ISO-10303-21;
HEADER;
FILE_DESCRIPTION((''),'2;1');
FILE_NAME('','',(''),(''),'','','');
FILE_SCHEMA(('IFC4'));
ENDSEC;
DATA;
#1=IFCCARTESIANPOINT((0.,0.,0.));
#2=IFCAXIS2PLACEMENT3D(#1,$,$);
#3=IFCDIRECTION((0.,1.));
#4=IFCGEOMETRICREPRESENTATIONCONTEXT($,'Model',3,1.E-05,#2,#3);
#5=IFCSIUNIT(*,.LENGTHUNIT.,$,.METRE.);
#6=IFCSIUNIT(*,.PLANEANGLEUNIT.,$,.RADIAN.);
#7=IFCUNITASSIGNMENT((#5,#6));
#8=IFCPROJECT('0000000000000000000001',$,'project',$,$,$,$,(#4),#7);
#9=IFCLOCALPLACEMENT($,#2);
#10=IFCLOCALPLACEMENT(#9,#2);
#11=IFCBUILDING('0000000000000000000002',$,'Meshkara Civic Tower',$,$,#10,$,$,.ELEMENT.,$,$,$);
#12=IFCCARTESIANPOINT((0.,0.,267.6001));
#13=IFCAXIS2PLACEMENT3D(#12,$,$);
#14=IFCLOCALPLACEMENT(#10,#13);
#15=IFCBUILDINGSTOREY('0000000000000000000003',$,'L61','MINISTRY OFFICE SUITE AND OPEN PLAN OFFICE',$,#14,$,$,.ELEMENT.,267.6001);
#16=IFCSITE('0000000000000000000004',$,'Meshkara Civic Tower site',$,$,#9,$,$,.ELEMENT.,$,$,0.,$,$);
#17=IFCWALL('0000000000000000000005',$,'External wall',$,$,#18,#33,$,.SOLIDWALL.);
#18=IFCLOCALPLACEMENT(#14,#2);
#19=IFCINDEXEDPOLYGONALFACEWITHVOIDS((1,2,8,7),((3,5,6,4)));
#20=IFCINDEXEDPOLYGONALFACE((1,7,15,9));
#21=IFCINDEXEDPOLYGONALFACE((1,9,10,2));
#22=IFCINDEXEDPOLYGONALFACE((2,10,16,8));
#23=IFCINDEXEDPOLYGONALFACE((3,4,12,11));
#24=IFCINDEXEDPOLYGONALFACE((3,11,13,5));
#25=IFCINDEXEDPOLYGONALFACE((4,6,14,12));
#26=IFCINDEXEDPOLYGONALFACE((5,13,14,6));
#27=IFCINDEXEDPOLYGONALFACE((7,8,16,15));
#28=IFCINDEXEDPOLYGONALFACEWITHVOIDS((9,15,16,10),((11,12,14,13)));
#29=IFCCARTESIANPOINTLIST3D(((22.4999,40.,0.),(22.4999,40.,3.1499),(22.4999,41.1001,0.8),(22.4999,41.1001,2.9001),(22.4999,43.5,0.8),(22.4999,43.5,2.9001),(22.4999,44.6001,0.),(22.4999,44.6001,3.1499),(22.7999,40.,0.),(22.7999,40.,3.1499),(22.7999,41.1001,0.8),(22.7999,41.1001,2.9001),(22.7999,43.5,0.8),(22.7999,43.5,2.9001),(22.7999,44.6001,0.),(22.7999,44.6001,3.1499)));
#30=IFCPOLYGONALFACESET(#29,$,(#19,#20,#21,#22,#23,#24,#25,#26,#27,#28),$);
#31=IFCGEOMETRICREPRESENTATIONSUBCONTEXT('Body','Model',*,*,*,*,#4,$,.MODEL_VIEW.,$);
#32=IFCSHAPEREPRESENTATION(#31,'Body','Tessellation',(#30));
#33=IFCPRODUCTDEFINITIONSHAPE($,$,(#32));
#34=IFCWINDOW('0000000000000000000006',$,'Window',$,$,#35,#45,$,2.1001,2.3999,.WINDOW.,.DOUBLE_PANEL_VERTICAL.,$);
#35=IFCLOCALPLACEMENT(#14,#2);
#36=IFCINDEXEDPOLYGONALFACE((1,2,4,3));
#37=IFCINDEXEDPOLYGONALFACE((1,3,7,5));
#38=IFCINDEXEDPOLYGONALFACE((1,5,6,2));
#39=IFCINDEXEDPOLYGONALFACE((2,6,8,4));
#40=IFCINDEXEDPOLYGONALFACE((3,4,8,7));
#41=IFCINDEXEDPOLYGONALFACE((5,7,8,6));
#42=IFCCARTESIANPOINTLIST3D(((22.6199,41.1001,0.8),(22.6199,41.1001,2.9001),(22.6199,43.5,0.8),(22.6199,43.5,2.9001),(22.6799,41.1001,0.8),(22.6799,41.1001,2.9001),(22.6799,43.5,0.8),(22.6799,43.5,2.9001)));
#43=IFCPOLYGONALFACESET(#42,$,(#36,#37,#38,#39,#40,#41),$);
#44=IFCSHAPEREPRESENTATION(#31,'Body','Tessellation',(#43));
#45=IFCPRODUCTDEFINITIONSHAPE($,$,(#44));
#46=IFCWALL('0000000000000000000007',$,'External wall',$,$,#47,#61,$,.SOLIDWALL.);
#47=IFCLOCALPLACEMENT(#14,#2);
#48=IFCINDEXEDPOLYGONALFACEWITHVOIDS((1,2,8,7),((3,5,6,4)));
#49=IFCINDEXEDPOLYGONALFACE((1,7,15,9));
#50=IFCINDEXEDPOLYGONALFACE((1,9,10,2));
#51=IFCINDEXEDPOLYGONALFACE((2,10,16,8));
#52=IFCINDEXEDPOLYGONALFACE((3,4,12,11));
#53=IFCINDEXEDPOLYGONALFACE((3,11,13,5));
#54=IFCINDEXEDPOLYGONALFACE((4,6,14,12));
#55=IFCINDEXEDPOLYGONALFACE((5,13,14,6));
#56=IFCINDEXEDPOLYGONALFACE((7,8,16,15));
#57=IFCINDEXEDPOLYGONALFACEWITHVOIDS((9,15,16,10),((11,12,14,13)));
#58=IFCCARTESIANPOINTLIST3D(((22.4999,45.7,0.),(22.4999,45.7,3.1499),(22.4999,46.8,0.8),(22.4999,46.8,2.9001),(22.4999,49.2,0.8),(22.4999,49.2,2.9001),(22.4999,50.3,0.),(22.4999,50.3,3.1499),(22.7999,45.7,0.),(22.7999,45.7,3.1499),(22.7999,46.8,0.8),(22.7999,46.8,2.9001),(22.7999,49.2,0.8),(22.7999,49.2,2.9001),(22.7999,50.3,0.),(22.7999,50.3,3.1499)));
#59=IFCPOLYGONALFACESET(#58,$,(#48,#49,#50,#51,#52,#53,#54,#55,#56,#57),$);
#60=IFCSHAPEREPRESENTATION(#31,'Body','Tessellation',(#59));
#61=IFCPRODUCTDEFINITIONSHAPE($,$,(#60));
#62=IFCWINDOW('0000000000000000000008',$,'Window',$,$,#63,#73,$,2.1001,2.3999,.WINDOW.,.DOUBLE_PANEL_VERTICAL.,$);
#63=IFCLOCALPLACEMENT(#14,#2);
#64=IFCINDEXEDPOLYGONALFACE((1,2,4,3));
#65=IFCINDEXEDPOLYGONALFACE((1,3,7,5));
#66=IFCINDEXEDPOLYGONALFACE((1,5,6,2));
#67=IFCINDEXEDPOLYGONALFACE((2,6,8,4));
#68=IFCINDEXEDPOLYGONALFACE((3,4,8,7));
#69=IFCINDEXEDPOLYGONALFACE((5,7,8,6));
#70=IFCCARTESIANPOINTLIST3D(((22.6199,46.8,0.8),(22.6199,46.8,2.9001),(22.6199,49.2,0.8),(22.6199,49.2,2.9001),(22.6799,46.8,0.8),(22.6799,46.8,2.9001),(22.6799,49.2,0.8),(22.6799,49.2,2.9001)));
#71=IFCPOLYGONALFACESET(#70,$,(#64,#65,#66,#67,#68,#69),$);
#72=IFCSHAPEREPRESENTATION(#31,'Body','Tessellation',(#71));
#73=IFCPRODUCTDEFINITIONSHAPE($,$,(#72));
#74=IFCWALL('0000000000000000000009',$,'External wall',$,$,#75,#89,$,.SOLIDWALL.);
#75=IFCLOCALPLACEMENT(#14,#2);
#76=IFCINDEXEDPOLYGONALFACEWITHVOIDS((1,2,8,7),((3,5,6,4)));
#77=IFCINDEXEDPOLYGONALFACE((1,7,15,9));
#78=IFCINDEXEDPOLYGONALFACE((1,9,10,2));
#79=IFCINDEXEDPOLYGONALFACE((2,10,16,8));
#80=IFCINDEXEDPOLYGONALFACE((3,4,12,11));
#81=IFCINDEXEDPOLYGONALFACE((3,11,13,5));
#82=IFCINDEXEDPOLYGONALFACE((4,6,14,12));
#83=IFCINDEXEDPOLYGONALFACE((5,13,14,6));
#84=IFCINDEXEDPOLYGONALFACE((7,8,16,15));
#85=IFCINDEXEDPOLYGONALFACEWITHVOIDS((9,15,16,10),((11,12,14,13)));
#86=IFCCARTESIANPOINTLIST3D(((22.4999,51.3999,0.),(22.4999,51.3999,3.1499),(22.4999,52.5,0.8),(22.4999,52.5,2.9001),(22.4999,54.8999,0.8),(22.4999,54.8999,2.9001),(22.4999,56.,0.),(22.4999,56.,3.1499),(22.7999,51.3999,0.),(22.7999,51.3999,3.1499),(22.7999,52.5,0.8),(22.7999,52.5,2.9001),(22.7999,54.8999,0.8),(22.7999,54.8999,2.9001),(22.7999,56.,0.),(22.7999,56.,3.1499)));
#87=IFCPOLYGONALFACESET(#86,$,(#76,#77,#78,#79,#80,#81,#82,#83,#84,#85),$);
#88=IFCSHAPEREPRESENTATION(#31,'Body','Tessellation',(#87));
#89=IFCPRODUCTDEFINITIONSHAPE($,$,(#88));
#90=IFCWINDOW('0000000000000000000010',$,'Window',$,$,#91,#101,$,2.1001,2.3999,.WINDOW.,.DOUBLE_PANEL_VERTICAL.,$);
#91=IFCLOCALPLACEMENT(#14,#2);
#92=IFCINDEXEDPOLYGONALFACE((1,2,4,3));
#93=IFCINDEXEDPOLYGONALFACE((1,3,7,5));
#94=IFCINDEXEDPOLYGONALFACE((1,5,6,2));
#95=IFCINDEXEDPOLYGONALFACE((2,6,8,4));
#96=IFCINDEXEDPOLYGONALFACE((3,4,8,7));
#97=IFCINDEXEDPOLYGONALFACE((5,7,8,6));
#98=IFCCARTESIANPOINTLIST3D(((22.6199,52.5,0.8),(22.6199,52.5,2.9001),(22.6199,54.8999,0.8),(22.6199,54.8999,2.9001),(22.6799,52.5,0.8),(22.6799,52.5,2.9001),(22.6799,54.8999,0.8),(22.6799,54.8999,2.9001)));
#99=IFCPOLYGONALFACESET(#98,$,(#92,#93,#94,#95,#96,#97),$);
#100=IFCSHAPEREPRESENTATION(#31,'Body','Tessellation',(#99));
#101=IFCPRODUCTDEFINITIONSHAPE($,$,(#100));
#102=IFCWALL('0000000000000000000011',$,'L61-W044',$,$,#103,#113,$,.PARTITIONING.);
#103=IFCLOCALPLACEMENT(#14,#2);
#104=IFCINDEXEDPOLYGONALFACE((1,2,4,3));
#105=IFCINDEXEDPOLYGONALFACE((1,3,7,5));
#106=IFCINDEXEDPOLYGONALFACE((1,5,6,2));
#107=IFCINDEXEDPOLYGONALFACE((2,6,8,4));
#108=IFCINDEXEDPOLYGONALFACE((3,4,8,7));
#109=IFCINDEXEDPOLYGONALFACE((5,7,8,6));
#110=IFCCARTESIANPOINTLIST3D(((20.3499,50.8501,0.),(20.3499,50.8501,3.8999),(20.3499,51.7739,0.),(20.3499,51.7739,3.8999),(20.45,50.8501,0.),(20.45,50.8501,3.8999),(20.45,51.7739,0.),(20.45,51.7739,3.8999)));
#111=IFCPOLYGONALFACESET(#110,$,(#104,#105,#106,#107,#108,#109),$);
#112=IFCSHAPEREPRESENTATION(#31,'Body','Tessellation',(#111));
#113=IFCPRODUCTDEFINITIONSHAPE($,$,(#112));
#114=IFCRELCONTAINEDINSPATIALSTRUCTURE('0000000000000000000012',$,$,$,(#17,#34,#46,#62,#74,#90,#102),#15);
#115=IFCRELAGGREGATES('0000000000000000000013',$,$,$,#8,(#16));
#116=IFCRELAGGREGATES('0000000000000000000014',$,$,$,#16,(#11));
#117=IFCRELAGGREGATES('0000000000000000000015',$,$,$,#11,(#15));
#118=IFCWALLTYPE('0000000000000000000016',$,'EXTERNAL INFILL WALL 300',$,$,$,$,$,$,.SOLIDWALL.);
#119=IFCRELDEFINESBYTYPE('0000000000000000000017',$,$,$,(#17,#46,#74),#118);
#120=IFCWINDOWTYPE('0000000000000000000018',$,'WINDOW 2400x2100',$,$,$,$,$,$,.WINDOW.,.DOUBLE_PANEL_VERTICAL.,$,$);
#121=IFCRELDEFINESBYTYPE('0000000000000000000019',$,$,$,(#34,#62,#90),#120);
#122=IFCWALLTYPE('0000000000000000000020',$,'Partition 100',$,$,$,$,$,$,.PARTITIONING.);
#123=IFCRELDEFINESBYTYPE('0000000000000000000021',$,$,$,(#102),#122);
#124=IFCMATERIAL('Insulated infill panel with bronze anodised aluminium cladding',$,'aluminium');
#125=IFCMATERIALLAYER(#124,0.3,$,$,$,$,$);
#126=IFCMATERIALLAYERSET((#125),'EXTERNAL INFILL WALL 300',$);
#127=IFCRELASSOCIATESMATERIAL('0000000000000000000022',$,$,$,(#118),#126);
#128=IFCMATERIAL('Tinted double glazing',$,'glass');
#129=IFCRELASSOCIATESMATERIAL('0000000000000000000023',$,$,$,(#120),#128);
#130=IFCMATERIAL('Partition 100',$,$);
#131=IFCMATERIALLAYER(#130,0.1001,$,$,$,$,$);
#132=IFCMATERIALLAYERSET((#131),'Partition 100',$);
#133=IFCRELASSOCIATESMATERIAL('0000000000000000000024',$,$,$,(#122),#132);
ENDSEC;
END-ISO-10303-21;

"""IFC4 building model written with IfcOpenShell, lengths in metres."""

from ifc_helpers import new_model, si_unit, direction, frame, frame_2d, origin, place, context, subcontext, project, spatial, rectangle, extrude, material, layer, layer_set, type_object, element, fill, save


model = new_model("IFC4")

# Units and contexts
model_context = context("Model", 3, precision=1e-05, world=origin(), true_north=direction((0.0, 1.0)))
body_context = subcontext(model_context, "Body", "Model", "MODEL_VIEW")
ifc_project = project(units=[si_unit("LENGTHUNIT", "METRE"), si_unit("PLANEANGLEUNIT", "RADIAN")], contexts=[model_context])

# Site, building, storey
site_placement = place(None, origin())
site = spatial("IfcSite", under=ifc_project, at=site_placement, Name="Meshkara Civic Tower site", CompositionType="ELEMENT", RefElevation=0.0)
building_placement = place(site_placement, origin())
building = spatial("IfcBuilding", under=site, at=building_placement, Name="Meshkara Civic Tower", CompositionType="ELEMENT")
storey_placement = place(building_placement, frame((0.0, 0.0, 267.6001)))
storey = spatial("IfcBuildingStorey", under=building, at=storey_placement, Name="L61", Description="MINISTRY OFFICE SUITE AND OPEN PLAN OFFICE", CompositionType="ELEMENT", Elevation=267.6001)

# Walls, openings, windows
ifc_material_1 = material(Name="Insulated infill panel with bronze anodised aluminium cladding", Category="aluminium")
ifc_layer_1 = layer(ifc_material_1, 0.3)
ifc_layer_set_1 = layer_set([ifc_layer_1], Name="EXTERNAL INFILL WALL 300")
wall_type_1 = type_object("IfcWallType", Name="EXTERNAL INFILL WALL 300", PredefinedType="SOLIDWALL", material=ifc_layer_set_1)
ifc_material_2 = material(Name="Tinted double glazing", Category="glass")
window_type = type_object("IfcWindowType", Name="WINDOW 2400x2100", PartitioningType="DOUBLE_PANEL_VERTICAL", PredefinedType="WINDOW", material=ifc_material_2)
wall_1_placement = place(storey_placement, frame((22.6499, 40.0, 0.0), z_axis=(0.0, 0.0, 1.0), x_axis=(0.0, 1.0, 0.0)))
wall_1 = element("IfcWall", 1, at=wall_1_placement, inside=storey, type_object=wall_type_1, Name="External wall", PredefinedType="SOLIDWALL", context=body_context, shape_type="SweptSolid", body=[
    extrude(rectangle(XDim=4.6001, YDim=0.3, at=frame_2d((2.3, 0.0))), origin(), (0.0, 0.0, 1.0), 3.1499),
])
opening_1_placement = place(wall_1_placement, frame((1.1001, 0.0, 0.8)))
opening_1 = element("IfcOpeningElement", 2, at=opening_1_placement, cuts=wall_1, PredefinedType="OPENING", context=body_context, shape_type="SweptSolid", body=[
    extrude(rectangle(XDim=2.3999, YDim=2.1001, at=frame_2d((1.2, 1.05))), frame((0.0, 0.1599, 0.0), z_axis=(0.0, -1.0, 0.0), x_axis=(1.0, 0.0, 0.0)), (0.0, 0.0, 1.0), 0.3201),
])
window_1_placement = place(opening_1_placement, origin())
window_1 = element("IfcWindow", 3, at=window_1_placement, inside=storey, type_object=window_type, Name="Window", OverallHeight=2.1001, OverallWidth=2.3999, PartitioningType="DOUBLE_PANEL_VERTICAL", PredefinedType="WINDOW", context=body_context, shape_type="SweptSolid", body=[
    extrude(rectangle(XDim=2.3999, YDim=2.1001, at=frame_2d((1.2, 1.05))), frame((0.0, 0.03, 0.0), z_axis=(0.0, -1.0, 0.0), x_axis=(1.0, 0.0, 0.0)), (0.0, 0.0, 1.0), 0.0601),
])
fill(opening_1, window_1)
wall_2_placement = place(storey_placement, frame((22.6499, 45.7, 0.0), z_axis=(0.0, 0.0, 1.0), x_axis=(0.0, 1.0, 0.0)))
wall_2 = element("IfcWall", 4, at=wall_2_placement, inside=storey, type_object=wall_type_1, Name="External wall", PredefinedType="SOLIDWALL", context=body_context, shape_type="SweptSolid", body=[
    extrude(rectangle(XDim=4.6001, YDim=0.3, at=frame_2d((2.3, 0.0))), origin(), (0.0, 0.0, 1.0), 3.1499),
])
opening_2_placement = place(wall_2_placement, frame((1.1001, 0.0, 0.8)))
opening_2 = element("IfcOpeningElement", 5, at=opening_2_placement, cuts=wall_2, PredefinedType="OPENING", context=body_context, shape_type="SweptSolid", body=[
    extrude(rectangle(XDim=2.3999, YDim=2.1001, at=frame_2d((1.2, 1.05))), frame((0.0, 0.1599, 0.0), z_axis=(0.0, -1.0, 0.0), x_axis=(1.0, 0.0, 0.0)), (0.0, 0.0, 1.0), 0.3201),
])
window_2_placement = place(opening_2_placement, origin())
window_2 = element("IfcWindow", 6, at=window_2_placement, inside=storey, type_object=window_type, Name="Window", OverallHeight=2.1001, OverallWidth=2.3999, PartitioningType="DOUBLE_PANEL_VERTICAL", PredefinedType="WINDOW", context=body_context, shape_type="SweptSolid", body=[
    extrude(rectangle(XDim=2.3999, YDim=2.1001, at=frame_2d((1.2, 1.05))), frame((0.0, 0.03, 0.0), z_axis=(0.0, -1.0, 0.0), x_axis=(1.0, 0.0, 0.0)), (0.0, 0.0, 1.0), 0.0601),
])
fill(opening_2, window_2)
wall_3_placement = place(storey_placement, frame((22.6499, 51.3999, 0.0), z_axis=(0.0, 0.0, 1.0), x_axis=(0.0, 1.0, 0.0)))
wall_3 = element("IfcWall", 7, at=wall_3_placement, inside=storey, type_object=wall_type_1, Name="External wall", PredefinedType="SOLIDWALL", context=body_context, shape_type="SweptSolid", body=[
    extrude(rectangle(XDim=4.6001, YDim=0.3, at=frame_2d((2.3, 0.0))), origin(), (0.0, 0.0, 1.0), 3.1499),
])
opening_3_placement = place(wall_3_placement, frame((1.1001, 0.0, 0.8)))
opening_3 = element("IfcOpeningElement", 8, at=opening_3_placement, cuts=wall_3, PredefinedType="OPENING", context=body_context, shape_type="SweptSolid", body=[
    extrude(rectangle(XDim=2.3999, YDim=2.1001, at=frame_2d((1.2, 1.05))), frame((0.0, 0.1599, 0.0), z_axis=(0.0, -1.0, 0.0), x_axis=(1.0, 0.0, 0.0)), (0.0, 0.0, 1.0), 0.3201),
])
window_3_placement = place(opening_3_placement, origin())
window_3 = element("IfcWindow", 9, at=window_3_placement, inside=storey, type_object=window_type, Name="Window", OverallHeight=2.1001, OverallWidth=2.3999, PartitioningType="DOUBLE_PANEL_VERTICAL", PredefinedType="WINDOW", context=body_context, shape_type="SweptSolid", body=[
    extrude(rectangle(XDim=2.3999, YDim=2.1001, at=frame_2d((1.2, 1.05))), frame((0.0, 0.03, 0.0), z_axis=(0.0, -1.0, 0.0), x_axis=(1.0, 0.0, 0.0)), (0.0, 0.0, 1.0), 0.0601),
])
fill(opening_3, window_3)

# Wall
ifc_material_3 = material(Name="Partition 100")
ifc_layer_2 = layer(ifc_material_3, 0.1001)
ifc_layer_set_2 = layer_set([ifc_layer_2], Name="Partition 100")
wall_type_2 = type_object("IfcWallType", Name="Partition 100", PredefinedType="PARTITIONING", material=ifc_layer_set_2)
wall_4_placement = place(storey_placement, frame((20.3999, 50.8501, 0.0), z_axis=(0.0, 0.0, 1.0), x_axis=(0.0, 1.0, 0.0)))
element("IfcWall", 10, at=wall_4_placement, inside=storey, type_object=wall_type_2, Name="L61-W044", PredefinedType="PARTITIONING", context=body_context, shape_type="SweptSolid", body=[
    extrude(rectangle(XDim=0.9238, YDim=0.1001, at=frame_2d((0.4619, 0.0))), origin(), (0.0, 0.0, 1.0), 3.8999),
])

save(model, "model.ifc")
